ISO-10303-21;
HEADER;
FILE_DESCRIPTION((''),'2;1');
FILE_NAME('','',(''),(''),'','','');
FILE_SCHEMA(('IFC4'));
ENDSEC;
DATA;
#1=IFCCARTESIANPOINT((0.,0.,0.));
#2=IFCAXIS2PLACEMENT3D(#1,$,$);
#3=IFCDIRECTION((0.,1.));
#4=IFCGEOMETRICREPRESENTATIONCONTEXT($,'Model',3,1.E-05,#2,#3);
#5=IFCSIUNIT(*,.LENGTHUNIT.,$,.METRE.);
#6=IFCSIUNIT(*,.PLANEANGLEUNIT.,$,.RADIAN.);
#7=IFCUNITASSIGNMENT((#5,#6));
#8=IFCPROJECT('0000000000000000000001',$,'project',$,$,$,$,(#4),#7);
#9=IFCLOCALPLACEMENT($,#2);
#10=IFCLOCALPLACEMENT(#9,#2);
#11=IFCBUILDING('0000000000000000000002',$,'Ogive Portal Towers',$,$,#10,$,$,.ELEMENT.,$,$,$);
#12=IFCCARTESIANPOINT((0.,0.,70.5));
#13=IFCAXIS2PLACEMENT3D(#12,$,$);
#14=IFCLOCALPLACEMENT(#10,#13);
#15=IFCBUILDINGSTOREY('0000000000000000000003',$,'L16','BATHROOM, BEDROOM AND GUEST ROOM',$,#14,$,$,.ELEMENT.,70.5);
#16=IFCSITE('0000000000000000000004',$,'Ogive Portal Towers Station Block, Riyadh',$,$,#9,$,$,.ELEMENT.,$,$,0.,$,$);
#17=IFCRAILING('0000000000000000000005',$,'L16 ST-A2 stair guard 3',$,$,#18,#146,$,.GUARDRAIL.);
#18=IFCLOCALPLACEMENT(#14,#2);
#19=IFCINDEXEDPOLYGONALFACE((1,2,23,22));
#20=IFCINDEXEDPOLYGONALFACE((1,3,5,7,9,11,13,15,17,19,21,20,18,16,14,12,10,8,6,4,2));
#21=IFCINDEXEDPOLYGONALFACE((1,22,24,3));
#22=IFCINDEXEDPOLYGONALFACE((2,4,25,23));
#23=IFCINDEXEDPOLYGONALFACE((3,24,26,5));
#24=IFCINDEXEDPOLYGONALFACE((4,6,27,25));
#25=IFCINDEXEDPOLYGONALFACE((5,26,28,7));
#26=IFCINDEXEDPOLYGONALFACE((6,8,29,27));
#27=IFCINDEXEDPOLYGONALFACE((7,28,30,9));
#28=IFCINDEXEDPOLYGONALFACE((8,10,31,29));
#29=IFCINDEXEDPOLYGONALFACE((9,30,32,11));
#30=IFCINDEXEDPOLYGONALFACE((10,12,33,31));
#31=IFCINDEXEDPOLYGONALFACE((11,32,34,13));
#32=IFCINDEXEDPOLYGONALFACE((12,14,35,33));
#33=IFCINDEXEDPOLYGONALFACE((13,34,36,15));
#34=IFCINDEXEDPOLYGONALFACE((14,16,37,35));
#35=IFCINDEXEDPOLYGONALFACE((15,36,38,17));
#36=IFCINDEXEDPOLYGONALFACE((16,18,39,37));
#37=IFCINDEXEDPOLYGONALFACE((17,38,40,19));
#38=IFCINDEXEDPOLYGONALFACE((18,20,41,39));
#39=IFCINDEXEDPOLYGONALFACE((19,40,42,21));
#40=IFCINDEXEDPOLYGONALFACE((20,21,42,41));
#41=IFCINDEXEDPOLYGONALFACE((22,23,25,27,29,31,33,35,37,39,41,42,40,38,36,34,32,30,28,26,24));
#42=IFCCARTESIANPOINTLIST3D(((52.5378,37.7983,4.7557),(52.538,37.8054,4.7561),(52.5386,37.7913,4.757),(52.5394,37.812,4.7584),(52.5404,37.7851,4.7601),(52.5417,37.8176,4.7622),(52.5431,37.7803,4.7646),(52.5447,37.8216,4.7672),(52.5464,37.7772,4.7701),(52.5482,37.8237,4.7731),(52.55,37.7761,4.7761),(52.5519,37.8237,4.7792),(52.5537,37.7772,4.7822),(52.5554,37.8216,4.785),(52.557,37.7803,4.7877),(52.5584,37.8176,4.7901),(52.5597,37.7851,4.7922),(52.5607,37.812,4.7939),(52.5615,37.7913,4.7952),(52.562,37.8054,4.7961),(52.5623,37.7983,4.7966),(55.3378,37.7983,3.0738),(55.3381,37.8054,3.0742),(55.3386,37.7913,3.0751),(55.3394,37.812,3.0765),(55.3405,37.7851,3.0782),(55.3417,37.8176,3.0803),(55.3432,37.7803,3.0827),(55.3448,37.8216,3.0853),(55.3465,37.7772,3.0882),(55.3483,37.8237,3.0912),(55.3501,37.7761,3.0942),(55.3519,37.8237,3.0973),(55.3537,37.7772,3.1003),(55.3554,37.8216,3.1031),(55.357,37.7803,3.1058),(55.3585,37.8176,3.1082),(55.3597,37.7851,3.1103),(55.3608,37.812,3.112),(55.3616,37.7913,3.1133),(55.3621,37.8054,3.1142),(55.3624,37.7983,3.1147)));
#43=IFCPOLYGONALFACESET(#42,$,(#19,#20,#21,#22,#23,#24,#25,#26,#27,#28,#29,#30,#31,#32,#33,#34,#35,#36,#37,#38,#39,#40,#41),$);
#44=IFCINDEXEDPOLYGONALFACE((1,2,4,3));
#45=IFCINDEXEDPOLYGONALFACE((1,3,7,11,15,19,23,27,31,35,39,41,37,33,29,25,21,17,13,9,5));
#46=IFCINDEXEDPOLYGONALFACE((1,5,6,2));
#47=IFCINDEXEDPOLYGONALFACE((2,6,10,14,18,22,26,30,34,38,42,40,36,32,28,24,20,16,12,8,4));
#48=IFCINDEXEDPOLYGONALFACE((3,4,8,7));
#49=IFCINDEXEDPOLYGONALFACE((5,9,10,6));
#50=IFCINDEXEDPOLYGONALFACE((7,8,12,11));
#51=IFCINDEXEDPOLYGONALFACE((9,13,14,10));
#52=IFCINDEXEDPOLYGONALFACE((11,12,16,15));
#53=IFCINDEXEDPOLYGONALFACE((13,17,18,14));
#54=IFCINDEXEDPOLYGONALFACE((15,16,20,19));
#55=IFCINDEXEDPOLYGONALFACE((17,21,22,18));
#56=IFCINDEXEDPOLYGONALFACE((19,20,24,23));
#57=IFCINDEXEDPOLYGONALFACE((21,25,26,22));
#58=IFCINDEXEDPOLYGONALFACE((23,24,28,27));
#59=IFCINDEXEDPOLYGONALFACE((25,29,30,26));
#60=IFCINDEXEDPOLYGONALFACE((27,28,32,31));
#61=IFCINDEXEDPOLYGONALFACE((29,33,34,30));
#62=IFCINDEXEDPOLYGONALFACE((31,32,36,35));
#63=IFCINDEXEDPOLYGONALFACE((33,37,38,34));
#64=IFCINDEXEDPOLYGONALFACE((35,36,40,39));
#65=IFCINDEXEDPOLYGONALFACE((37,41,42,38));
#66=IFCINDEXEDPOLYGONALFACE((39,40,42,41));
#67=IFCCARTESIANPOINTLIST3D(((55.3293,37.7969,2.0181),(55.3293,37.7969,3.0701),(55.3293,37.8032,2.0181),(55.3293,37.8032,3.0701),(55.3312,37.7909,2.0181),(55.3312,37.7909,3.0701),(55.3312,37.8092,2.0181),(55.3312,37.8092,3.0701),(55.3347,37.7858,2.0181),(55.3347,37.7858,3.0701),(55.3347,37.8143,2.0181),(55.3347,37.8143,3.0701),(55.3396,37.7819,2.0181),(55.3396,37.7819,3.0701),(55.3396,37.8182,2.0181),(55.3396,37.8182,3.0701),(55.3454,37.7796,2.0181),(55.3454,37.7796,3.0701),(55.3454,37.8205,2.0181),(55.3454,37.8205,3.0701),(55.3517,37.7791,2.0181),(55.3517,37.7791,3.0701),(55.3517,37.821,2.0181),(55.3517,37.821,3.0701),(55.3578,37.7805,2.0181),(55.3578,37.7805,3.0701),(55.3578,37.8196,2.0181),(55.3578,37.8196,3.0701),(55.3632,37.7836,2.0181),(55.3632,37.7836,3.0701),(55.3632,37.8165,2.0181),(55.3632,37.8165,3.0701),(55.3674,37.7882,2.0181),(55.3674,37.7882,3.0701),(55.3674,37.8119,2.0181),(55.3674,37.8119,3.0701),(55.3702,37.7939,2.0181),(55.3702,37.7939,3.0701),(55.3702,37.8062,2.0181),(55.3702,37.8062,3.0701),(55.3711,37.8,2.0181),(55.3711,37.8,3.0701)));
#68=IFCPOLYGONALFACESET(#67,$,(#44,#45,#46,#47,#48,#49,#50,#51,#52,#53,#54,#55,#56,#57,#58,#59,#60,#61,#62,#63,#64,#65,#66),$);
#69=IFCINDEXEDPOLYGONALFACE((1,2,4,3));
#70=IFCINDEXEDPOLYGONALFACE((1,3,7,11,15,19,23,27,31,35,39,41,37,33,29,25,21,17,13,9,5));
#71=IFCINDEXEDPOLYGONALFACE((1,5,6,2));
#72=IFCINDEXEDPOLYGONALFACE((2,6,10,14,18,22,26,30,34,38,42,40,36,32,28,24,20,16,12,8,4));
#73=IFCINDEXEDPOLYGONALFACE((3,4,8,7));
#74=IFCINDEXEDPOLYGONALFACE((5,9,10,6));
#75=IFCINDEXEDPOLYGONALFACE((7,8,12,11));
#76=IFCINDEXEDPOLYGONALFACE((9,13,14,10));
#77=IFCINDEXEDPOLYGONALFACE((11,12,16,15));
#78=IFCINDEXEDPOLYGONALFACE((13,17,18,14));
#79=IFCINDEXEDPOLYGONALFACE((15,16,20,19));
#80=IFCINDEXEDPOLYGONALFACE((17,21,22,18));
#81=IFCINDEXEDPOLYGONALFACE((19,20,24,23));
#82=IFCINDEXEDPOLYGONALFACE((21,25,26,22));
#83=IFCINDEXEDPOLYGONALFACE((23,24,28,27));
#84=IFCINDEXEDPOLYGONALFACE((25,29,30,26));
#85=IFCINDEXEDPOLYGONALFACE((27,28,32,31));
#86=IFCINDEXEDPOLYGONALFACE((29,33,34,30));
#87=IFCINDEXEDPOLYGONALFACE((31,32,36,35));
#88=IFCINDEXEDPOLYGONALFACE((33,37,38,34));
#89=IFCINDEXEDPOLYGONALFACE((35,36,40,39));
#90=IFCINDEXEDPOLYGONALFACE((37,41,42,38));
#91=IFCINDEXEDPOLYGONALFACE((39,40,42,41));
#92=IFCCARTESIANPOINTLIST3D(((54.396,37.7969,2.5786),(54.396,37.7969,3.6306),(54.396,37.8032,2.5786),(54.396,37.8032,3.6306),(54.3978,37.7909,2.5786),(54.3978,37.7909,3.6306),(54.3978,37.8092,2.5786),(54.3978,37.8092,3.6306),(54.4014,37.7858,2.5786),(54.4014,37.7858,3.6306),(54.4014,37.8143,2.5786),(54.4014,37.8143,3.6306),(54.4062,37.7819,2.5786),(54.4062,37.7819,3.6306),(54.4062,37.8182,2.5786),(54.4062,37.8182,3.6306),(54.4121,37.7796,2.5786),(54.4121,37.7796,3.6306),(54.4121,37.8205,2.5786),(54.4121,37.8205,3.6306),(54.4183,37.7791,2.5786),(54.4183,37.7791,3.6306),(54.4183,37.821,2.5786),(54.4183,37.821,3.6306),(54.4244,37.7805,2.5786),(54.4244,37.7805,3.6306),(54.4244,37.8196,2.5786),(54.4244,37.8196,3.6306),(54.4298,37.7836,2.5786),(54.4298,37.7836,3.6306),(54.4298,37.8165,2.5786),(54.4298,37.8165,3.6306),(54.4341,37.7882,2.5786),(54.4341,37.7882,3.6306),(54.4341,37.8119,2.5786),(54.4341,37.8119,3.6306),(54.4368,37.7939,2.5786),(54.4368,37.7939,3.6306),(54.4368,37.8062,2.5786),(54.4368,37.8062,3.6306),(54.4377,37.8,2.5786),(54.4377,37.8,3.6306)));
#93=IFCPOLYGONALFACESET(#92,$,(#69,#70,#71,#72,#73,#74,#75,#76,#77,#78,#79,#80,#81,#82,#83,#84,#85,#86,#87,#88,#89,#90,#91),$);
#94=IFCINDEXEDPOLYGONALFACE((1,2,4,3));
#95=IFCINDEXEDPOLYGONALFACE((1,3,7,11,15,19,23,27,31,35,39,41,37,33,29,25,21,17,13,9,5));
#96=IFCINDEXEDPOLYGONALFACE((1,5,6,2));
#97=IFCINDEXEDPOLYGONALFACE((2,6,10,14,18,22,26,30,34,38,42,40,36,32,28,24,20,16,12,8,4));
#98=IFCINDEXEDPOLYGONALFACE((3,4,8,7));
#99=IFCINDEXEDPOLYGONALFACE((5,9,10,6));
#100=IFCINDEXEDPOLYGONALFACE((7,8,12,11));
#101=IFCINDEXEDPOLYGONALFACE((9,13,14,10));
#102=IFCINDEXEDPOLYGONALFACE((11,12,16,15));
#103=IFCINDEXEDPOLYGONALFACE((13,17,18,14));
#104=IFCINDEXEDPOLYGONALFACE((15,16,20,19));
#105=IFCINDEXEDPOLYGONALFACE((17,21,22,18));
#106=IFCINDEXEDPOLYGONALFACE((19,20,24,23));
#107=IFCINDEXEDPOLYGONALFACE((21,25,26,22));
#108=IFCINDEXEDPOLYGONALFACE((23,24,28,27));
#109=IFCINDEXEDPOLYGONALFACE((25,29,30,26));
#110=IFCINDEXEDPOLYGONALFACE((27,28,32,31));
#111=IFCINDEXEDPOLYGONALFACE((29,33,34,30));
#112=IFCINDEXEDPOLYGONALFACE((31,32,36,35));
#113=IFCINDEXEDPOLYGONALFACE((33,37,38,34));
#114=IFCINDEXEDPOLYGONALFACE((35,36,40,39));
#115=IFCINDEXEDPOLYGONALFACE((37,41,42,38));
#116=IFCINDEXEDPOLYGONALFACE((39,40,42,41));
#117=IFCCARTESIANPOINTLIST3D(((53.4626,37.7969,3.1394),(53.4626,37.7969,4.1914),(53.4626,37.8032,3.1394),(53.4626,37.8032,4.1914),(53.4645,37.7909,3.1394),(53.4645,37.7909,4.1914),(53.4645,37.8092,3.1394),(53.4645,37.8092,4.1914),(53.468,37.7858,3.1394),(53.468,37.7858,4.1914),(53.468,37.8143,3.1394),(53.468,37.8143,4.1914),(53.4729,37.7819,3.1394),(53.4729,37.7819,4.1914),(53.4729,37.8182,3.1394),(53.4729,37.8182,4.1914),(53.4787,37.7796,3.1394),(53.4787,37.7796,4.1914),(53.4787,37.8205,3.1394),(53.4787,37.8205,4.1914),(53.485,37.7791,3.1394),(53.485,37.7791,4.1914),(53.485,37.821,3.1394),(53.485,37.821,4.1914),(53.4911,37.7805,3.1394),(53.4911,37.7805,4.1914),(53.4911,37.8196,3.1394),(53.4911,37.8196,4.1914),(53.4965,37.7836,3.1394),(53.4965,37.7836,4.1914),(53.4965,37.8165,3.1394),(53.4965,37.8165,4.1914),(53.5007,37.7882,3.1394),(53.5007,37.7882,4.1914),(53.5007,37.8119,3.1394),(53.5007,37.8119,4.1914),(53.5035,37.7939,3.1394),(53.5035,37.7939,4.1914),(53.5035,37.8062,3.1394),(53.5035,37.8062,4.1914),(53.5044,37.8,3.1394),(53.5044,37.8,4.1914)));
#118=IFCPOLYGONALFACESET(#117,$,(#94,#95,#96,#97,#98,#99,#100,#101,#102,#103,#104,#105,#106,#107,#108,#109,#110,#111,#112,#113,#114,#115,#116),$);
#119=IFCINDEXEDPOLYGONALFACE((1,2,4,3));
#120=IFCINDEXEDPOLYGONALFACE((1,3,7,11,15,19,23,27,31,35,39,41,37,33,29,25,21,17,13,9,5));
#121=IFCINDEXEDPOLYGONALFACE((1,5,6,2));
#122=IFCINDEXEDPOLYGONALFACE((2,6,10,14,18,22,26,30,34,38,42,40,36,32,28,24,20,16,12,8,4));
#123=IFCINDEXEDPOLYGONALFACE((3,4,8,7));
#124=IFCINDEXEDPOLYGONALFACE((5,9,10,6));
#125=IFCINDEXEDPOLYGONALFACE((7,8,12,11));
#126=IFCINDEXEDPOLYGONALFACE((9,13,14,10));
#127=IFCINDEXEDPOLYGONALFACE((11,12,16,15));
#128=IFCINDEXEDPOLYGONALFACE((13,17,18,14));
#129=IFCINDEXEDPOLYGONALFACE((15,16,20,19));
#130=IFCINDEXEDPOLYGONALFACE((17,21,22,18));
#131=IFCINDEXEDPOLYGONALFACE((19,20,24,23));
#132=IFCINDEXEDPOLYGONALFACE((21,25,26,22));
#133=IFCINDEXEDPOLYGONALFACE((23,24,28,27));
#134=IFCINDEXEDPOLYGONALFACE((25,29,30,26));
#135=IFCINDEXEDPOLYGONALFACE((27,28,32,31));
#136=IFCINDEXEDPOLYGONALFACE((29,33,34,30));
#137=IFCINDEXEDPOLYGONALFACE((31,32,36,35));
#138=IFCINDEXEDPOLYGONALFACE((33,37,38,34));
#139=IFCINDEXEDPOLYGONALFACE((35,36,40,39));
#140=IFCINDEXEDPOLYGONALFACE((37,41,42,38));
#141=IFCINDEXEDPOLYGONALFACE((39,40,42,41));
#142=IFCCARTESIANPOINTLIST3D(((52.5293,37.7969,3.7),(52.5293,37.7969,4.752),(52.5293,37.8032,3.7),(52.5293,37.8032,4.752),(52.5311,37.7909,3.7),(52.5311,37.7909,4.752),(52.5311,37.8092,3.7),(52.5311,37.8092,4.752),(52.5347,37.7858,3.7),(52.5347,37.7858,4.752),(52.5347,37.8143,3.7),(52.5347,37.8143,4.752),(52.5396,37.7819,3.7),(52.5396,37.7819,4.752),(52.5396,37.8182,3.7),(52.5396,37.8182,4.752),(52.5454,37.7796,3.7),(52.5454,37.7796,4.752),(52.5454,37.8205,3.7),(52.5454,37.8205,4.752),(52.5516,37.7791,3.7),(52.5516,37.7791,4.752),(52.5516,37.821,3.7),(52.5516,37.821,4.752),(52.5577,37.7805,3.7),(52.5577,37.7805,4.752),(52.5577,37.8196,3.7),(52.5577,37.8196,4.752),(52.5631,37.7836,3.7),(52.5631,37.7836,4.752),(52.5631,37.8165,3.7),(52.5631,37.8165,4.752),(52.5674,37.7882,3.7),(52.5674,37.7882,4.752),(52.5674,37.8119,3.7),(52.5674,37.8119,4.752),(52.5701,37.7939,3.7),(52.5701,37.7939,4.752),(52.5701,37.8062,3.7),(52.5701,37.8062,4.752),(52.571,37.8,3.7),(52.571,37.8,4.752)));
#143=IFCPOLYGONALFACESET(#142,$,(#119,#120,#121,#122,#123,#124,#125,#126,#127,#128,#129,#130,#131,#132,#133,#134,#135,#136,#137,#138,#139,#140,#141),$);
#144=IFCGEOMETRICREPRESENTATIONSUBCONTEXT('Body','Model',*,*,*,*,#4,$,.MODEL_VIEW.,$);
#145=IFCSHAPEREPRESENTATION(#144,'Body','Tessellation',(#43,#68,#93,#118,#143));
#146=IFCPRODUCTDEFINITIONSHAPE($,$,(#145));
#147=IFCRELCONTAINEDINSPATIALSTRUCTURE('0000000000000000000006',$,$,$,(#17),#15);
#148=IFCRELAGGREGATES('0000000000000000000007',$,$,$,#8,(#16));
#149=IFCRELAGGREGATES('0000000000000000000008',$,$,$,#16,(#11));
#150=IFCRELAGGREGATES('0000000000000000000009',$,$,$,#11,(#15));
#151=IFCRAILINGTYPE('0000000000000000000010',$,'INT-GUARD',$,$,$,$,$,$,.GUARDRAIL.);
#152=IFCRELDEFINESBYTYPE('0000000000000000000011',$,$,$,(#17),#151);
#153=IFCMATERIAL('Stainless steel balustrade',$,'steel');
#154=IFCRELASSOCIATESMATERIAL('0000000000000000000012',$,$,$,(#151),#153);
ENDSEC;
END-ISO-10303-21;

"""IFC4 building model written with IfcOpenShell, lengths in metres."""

from ifc_helpers import new_model, si_unit, direction, frame, origin, origin_2d, place, context, subcontext, project, spatial, circle, extrude, material, type_object, element, save


model = new_model("IFC4")

# Units and contexts
model_context = context("Model", 3, precision=1e-05, world=origin(), true_north=direction((0.0, 1.0)))
body_context = subcontext(model_context, "Body", "Model", "MODEL_VIEW")
ifc_project = project(units=[si_unit("LENGTHUNIT", "METRE"), si_unit("PLANEANGLEUNIT", "RADIAN")], contexts=[model_context])

# Site, building, storey
site_placement = place(None, origin())
site = spatial("IfcSite", under=ifc_project, at=site_placement, Name="Ogive Portal Towers Station Block, Riyadh", CompositionType="ELEMENT", RefElevation=0.0)
building_placement = place(site_placement, origin())
building = spatial("IfcBuilding", under=site, at=building_placement, Name="Ogive Portal Towers", CompositionType="ELEMENT")
storey_placement = place(building_placement, frame((0.0, 0.0, 70.5)))
storey = spatial("IfcBuildingStorey", under=building, at=storey_placement, Name="L16", Description="BATHROOM, BEDROOM AND GUEST ROOM", CompositionType="ELEMENT", Elevation=70.5)

# Railing
ifc_material_1 = material(Name="Stainless steel balustrade", Category="steel")
railing_type_1 = type_object("IfcRailingType", Name="INT-GUARD", PredefinedType="GUARDRAIL", material=ifc_material_1)
railing_1_placement = place(storey_placement, frame((55.3501, 37.8, 2.0181)))
element("IfcRailing", 1, at=railing_1_placement, inside=storey, type_object=railing_type_1, Name="L16 ST-A2 stair guard 3", PredefinedType="GUARDRAIL", context=body_context, shape_type="SweptSolid", body=[
    extrude(circle(Radius=0.0239, at=origin_2d()), frame((0.0, 0.0, 1.0762), z_axis=(-0.857242, 0.0, 0.514913), x_axis=(0.0, -1.0, 0.0)), (0.0, 0.0, 1.0), 3.2664),
    extrude(circle(Radius=0.021, at=origin_2d()), origin(), (0.0, 0.0, 1.0), 1.052),
    extrude(circle(Radius=0.021, at=origin_2d()), frame((-0.9333, 0.0, 0.5605)), (0.0, 0.0, 1.0), 1.052),
    extrude(circle(Radius=0.021, at=origin_2d()), frame((-1.8667, 0.0, 1.1213)), (0.0, 0.0, 1.0), 1.052),
    extrude(circle(Radius=0.021, at=origin_2d()), frame((-2.8, 0.0, 1.6819)), (0.0, 0.0, 1.0), 1.052),
])

save(model, "model.ifc")
